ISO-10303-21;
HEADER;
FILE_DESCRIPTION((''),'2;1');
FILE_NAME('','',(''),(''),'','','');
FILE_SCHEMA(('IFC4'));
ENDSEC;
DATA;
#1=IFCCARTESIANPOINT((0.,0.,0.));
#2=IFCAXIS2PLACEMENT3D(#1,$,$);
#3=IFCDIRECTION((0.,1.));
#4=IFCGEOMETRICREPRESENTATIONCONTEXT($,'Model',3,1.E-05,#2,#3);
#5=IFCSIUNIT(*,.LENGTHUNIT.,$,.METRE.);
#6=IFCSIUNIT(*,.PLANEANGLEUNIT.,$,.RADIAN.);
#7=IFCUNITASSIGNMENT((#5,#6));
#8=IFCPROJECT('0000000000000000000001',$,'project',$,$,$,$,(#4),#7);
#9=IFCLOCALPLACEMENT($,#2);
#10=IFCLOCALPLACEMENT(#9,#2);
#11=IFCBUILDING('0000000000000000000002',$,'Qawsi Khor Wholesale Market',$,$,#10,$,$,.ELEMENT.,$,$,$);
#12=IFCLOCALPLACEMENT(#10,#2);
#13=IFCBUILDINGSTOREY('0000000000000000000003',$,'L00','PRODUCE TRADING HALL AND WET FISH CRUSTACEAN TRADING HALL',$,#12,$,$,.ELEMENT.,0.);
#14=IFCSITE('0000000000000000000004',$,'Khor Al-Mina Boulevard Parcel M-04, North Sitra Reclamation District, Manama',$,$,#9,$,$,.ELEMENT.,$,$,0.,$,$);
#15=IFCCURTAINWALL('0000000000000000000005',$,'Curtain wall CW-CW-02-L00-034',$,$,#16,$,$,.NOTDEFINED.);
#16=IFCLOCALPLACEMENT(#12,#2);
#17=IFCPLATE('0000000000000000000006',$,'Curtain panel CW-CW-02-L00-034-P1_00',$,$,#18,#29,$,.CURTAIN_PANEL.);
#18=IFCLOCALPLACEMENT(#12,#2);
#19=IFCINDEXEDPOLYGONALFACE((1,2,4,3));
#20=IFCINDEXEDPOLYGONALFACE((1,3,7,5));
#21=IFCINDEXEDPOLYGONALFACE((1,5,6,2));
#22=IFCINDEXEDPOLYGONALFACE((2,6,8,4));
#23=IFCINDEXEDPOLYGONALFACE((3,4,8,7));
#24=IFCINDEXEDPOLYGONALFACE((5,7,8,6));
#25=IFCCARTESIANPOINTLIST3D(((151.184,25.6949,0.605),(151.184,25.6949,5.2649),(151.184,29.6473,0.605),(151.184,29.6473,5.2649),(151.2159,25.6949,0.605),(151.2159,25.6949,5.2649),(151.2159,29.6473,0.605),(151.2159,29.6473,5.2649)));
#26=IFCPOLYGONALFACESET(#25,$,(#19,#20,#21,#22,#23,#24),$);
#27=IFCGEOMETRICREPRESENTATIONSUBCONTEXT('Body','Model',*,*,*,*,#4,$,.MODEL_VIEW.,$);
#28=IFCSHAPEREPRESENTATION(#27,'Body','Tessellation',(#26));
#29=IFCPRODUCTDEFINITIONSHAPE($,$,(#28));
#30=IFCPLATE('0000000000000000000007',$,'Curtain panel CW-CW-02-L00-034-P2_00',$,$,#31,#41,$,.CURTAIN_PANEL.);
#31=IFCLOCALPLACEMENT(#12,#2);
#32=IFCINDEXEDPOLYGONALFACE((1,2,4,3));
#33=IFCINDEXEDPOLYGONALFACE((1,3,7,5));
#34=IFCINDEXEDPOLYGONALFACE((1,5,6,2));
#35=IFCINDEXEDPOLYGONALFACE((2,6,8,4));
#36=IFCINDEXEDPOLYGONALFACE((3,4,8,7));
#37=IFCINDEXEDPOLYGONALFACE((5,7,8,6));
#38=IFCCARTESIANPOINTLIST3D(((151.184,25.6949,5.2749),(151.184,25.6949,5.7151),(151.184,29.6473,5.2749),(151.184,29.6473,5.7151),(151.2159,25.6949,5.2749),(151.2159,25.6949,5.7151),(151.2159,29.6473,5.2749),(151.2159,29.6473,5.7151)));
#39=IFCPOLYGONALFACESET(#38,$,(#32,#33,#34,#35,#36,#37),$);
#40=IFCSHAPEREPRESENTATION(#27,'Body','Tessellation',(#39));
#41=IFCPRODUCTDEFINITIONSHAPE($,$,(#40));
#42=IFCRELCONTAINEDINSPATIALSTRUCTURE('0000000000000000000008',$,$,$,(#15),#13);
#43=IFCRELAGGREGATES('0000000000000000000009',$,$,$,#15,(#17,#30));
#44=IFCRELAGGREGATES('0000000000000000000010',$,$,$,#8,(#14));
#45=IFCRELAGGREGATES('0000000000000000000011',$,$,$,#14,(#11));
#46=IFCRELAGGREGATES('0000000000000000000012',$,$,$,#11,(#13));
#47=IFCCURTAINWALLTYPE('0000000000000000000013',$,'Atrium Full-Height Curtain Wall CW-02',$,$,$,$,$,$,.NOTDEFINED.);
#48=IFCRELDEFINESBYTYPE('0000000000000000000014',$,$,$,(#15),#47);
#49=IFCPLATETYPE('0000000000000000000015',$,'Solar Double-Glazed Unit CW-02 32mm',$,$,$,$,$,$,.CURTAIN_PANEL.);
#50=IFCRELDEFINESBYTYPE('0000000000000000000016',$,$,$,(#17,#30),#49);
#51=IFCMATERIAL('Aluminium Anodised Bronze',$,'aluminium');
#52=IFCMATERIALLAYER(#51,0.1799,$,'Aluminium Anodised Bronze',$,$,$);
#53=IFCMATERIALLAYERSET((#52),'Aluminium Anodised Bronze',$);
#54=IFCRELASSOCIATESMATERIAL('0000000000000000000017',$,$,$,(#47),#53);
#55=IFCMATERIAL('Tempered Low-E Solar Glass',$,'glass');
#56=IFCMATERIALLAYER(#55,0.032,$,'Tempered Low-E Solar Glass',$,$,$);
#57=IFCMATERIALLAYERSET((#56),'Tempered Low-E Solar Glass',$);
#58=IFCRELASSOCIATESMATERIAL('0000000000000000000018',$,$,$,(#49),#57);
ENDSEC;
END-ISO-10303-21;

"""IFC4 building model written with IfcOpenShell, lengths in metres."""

from ifc_helpers import new_model, si_unit, direction, frame, frame_2d, origin, place, context, subcontext, project, spatial, rectangle, extrude, material, layer, layer_set, type_object, element, aggregate, save


model = new_model("IFC4")

# Units and contexts
model_context = context("Model", 3, precision=1e-05, world=origin(), true_north=direction((0.0, 1.0)))
body_context = subcontext(model_context, "Body", "Model", "MODEL_VIEW")
ifc_project = project(units=[si_unit("LENGTHUNIT", "METRE"), si_unit("PLANEANGLEUNIT", "RADIAN")], contexts=[model_context])

# Site, building, storey
site_placement = place(None, origin())
site = spatial("IfcSite", under=ifc_project, at=site_placement, Name="Khor Al-Mina Boulevard Parcel M-04, North Sitra Reclamation District, Manama", CompositionType="ELEMENT", RefElevation=0.0)
building_placement = place(site_placement, origin())
building = spatial("IfcBuilding", under=site, at=building_placement, Name="Qawsi Khor Wholesale Market", CompositionType="ELEMENT")
storey_placement = place(building_placement, origin())
storey = spatial("IfcBuildingStorey", under=building, at=storey_placement, Name="L00", Description="PRODUCE TRADING HALL AND WET FISH CRUSTACEAN TRADING HALL", CompositionType="ELEMENT", Elevation=0.0)

# Curtain wall, plates
ifc_material_1 = material(Name="Aluminium Anodised Bronze", Category="aluminium")
ifc_layer_1 = layer(ifc_material_1, 0.1799, Name="Aluminium Anodised Bronze")
ifc_layer_set_1 = layer_set([ifc_layer_1], Name="Aluminium Anodised Bronze")
curtain_wall_type = type_object("IfcCurtainWallType", Name="Atrium Full-Height Curtain Wall CW-02", PredefinedType="NOTDEFINED", material=ifc_layer_set_1)
curtain_wall_placement = place(storey_placement, origin())
curtain_wall = element("IfcCurtainWall", 1, at=curtain_wall_placement, inside=storey, type_object=curtain_wall_type, Name="Curtain wall CW-CW-02-L00-034", PredefinedType="NOTDEFINED")
ifc_material_2 = material(Name="Tempered Low-E Solar Glass", Category="glass")
ifc_layer_2 = layer(ifc_material_2, 0.032, Name="Tempered Low-E Solar Glass")
ifc_layer_set_2 = layer_set([ifc_layer_2], Name="Tempered Low-E Solar Glass")
plate_type_1 = type_object("IfcPlateType", Name="Solar Double-Glazed Unit CW-02 32mm", PredefinedType="CURTAIN_PANEL", material=ifc_layer_set_2)
plate_1_placement = place(storey_placement, frame((151.2, 25.6951, 0.605), z_axis=(0.0, 0.0, 1.0), x_axis=(0.0, 1.0, 0.0)))
plate_1 = element("IfcPlate", 2, at=plate_1_placement, type_object=plate_type_1, Name="Curtain panel CW-CW-02-L00-034-P1_00", PredefinedType="CURTAIN_PANEL", context=body_context, shape_type="SweptSolid", body=[
    extrude(rectangle(XDim=3.9524, YDim=0.032, at=frame_2d((1.9761, 0.0))), origin(), (0.0, 0.0, 1.0), 4.6599),
])
plate_2_placement = place(storey_placement, frame((151.2, 25.6951, 5.2749), z_axis=(0.0, 0.0, 1.0), x_axis=(0.0, 1.0, 0.0)))
plate_2 = element("IfcPlate", 3, at=plate_2_placement, type_object=plate_type_1, Name="Curtain panel CW-CW-02-L00-034-P2_00", PredefinedType="CURTAIN_PANEL", context=body_context, shape_type="SweptSolid", body=[
    extrude(rectangle(XDim=3.9524, YDim=0.032, at=frame_2d((1.9761, 0.0))), origin(), (0.0, 0.0, 1.0), 0.4402),
])
aggregate(curtain_wall, [plate_1, plate_2])

save(model, "model.ifc")
